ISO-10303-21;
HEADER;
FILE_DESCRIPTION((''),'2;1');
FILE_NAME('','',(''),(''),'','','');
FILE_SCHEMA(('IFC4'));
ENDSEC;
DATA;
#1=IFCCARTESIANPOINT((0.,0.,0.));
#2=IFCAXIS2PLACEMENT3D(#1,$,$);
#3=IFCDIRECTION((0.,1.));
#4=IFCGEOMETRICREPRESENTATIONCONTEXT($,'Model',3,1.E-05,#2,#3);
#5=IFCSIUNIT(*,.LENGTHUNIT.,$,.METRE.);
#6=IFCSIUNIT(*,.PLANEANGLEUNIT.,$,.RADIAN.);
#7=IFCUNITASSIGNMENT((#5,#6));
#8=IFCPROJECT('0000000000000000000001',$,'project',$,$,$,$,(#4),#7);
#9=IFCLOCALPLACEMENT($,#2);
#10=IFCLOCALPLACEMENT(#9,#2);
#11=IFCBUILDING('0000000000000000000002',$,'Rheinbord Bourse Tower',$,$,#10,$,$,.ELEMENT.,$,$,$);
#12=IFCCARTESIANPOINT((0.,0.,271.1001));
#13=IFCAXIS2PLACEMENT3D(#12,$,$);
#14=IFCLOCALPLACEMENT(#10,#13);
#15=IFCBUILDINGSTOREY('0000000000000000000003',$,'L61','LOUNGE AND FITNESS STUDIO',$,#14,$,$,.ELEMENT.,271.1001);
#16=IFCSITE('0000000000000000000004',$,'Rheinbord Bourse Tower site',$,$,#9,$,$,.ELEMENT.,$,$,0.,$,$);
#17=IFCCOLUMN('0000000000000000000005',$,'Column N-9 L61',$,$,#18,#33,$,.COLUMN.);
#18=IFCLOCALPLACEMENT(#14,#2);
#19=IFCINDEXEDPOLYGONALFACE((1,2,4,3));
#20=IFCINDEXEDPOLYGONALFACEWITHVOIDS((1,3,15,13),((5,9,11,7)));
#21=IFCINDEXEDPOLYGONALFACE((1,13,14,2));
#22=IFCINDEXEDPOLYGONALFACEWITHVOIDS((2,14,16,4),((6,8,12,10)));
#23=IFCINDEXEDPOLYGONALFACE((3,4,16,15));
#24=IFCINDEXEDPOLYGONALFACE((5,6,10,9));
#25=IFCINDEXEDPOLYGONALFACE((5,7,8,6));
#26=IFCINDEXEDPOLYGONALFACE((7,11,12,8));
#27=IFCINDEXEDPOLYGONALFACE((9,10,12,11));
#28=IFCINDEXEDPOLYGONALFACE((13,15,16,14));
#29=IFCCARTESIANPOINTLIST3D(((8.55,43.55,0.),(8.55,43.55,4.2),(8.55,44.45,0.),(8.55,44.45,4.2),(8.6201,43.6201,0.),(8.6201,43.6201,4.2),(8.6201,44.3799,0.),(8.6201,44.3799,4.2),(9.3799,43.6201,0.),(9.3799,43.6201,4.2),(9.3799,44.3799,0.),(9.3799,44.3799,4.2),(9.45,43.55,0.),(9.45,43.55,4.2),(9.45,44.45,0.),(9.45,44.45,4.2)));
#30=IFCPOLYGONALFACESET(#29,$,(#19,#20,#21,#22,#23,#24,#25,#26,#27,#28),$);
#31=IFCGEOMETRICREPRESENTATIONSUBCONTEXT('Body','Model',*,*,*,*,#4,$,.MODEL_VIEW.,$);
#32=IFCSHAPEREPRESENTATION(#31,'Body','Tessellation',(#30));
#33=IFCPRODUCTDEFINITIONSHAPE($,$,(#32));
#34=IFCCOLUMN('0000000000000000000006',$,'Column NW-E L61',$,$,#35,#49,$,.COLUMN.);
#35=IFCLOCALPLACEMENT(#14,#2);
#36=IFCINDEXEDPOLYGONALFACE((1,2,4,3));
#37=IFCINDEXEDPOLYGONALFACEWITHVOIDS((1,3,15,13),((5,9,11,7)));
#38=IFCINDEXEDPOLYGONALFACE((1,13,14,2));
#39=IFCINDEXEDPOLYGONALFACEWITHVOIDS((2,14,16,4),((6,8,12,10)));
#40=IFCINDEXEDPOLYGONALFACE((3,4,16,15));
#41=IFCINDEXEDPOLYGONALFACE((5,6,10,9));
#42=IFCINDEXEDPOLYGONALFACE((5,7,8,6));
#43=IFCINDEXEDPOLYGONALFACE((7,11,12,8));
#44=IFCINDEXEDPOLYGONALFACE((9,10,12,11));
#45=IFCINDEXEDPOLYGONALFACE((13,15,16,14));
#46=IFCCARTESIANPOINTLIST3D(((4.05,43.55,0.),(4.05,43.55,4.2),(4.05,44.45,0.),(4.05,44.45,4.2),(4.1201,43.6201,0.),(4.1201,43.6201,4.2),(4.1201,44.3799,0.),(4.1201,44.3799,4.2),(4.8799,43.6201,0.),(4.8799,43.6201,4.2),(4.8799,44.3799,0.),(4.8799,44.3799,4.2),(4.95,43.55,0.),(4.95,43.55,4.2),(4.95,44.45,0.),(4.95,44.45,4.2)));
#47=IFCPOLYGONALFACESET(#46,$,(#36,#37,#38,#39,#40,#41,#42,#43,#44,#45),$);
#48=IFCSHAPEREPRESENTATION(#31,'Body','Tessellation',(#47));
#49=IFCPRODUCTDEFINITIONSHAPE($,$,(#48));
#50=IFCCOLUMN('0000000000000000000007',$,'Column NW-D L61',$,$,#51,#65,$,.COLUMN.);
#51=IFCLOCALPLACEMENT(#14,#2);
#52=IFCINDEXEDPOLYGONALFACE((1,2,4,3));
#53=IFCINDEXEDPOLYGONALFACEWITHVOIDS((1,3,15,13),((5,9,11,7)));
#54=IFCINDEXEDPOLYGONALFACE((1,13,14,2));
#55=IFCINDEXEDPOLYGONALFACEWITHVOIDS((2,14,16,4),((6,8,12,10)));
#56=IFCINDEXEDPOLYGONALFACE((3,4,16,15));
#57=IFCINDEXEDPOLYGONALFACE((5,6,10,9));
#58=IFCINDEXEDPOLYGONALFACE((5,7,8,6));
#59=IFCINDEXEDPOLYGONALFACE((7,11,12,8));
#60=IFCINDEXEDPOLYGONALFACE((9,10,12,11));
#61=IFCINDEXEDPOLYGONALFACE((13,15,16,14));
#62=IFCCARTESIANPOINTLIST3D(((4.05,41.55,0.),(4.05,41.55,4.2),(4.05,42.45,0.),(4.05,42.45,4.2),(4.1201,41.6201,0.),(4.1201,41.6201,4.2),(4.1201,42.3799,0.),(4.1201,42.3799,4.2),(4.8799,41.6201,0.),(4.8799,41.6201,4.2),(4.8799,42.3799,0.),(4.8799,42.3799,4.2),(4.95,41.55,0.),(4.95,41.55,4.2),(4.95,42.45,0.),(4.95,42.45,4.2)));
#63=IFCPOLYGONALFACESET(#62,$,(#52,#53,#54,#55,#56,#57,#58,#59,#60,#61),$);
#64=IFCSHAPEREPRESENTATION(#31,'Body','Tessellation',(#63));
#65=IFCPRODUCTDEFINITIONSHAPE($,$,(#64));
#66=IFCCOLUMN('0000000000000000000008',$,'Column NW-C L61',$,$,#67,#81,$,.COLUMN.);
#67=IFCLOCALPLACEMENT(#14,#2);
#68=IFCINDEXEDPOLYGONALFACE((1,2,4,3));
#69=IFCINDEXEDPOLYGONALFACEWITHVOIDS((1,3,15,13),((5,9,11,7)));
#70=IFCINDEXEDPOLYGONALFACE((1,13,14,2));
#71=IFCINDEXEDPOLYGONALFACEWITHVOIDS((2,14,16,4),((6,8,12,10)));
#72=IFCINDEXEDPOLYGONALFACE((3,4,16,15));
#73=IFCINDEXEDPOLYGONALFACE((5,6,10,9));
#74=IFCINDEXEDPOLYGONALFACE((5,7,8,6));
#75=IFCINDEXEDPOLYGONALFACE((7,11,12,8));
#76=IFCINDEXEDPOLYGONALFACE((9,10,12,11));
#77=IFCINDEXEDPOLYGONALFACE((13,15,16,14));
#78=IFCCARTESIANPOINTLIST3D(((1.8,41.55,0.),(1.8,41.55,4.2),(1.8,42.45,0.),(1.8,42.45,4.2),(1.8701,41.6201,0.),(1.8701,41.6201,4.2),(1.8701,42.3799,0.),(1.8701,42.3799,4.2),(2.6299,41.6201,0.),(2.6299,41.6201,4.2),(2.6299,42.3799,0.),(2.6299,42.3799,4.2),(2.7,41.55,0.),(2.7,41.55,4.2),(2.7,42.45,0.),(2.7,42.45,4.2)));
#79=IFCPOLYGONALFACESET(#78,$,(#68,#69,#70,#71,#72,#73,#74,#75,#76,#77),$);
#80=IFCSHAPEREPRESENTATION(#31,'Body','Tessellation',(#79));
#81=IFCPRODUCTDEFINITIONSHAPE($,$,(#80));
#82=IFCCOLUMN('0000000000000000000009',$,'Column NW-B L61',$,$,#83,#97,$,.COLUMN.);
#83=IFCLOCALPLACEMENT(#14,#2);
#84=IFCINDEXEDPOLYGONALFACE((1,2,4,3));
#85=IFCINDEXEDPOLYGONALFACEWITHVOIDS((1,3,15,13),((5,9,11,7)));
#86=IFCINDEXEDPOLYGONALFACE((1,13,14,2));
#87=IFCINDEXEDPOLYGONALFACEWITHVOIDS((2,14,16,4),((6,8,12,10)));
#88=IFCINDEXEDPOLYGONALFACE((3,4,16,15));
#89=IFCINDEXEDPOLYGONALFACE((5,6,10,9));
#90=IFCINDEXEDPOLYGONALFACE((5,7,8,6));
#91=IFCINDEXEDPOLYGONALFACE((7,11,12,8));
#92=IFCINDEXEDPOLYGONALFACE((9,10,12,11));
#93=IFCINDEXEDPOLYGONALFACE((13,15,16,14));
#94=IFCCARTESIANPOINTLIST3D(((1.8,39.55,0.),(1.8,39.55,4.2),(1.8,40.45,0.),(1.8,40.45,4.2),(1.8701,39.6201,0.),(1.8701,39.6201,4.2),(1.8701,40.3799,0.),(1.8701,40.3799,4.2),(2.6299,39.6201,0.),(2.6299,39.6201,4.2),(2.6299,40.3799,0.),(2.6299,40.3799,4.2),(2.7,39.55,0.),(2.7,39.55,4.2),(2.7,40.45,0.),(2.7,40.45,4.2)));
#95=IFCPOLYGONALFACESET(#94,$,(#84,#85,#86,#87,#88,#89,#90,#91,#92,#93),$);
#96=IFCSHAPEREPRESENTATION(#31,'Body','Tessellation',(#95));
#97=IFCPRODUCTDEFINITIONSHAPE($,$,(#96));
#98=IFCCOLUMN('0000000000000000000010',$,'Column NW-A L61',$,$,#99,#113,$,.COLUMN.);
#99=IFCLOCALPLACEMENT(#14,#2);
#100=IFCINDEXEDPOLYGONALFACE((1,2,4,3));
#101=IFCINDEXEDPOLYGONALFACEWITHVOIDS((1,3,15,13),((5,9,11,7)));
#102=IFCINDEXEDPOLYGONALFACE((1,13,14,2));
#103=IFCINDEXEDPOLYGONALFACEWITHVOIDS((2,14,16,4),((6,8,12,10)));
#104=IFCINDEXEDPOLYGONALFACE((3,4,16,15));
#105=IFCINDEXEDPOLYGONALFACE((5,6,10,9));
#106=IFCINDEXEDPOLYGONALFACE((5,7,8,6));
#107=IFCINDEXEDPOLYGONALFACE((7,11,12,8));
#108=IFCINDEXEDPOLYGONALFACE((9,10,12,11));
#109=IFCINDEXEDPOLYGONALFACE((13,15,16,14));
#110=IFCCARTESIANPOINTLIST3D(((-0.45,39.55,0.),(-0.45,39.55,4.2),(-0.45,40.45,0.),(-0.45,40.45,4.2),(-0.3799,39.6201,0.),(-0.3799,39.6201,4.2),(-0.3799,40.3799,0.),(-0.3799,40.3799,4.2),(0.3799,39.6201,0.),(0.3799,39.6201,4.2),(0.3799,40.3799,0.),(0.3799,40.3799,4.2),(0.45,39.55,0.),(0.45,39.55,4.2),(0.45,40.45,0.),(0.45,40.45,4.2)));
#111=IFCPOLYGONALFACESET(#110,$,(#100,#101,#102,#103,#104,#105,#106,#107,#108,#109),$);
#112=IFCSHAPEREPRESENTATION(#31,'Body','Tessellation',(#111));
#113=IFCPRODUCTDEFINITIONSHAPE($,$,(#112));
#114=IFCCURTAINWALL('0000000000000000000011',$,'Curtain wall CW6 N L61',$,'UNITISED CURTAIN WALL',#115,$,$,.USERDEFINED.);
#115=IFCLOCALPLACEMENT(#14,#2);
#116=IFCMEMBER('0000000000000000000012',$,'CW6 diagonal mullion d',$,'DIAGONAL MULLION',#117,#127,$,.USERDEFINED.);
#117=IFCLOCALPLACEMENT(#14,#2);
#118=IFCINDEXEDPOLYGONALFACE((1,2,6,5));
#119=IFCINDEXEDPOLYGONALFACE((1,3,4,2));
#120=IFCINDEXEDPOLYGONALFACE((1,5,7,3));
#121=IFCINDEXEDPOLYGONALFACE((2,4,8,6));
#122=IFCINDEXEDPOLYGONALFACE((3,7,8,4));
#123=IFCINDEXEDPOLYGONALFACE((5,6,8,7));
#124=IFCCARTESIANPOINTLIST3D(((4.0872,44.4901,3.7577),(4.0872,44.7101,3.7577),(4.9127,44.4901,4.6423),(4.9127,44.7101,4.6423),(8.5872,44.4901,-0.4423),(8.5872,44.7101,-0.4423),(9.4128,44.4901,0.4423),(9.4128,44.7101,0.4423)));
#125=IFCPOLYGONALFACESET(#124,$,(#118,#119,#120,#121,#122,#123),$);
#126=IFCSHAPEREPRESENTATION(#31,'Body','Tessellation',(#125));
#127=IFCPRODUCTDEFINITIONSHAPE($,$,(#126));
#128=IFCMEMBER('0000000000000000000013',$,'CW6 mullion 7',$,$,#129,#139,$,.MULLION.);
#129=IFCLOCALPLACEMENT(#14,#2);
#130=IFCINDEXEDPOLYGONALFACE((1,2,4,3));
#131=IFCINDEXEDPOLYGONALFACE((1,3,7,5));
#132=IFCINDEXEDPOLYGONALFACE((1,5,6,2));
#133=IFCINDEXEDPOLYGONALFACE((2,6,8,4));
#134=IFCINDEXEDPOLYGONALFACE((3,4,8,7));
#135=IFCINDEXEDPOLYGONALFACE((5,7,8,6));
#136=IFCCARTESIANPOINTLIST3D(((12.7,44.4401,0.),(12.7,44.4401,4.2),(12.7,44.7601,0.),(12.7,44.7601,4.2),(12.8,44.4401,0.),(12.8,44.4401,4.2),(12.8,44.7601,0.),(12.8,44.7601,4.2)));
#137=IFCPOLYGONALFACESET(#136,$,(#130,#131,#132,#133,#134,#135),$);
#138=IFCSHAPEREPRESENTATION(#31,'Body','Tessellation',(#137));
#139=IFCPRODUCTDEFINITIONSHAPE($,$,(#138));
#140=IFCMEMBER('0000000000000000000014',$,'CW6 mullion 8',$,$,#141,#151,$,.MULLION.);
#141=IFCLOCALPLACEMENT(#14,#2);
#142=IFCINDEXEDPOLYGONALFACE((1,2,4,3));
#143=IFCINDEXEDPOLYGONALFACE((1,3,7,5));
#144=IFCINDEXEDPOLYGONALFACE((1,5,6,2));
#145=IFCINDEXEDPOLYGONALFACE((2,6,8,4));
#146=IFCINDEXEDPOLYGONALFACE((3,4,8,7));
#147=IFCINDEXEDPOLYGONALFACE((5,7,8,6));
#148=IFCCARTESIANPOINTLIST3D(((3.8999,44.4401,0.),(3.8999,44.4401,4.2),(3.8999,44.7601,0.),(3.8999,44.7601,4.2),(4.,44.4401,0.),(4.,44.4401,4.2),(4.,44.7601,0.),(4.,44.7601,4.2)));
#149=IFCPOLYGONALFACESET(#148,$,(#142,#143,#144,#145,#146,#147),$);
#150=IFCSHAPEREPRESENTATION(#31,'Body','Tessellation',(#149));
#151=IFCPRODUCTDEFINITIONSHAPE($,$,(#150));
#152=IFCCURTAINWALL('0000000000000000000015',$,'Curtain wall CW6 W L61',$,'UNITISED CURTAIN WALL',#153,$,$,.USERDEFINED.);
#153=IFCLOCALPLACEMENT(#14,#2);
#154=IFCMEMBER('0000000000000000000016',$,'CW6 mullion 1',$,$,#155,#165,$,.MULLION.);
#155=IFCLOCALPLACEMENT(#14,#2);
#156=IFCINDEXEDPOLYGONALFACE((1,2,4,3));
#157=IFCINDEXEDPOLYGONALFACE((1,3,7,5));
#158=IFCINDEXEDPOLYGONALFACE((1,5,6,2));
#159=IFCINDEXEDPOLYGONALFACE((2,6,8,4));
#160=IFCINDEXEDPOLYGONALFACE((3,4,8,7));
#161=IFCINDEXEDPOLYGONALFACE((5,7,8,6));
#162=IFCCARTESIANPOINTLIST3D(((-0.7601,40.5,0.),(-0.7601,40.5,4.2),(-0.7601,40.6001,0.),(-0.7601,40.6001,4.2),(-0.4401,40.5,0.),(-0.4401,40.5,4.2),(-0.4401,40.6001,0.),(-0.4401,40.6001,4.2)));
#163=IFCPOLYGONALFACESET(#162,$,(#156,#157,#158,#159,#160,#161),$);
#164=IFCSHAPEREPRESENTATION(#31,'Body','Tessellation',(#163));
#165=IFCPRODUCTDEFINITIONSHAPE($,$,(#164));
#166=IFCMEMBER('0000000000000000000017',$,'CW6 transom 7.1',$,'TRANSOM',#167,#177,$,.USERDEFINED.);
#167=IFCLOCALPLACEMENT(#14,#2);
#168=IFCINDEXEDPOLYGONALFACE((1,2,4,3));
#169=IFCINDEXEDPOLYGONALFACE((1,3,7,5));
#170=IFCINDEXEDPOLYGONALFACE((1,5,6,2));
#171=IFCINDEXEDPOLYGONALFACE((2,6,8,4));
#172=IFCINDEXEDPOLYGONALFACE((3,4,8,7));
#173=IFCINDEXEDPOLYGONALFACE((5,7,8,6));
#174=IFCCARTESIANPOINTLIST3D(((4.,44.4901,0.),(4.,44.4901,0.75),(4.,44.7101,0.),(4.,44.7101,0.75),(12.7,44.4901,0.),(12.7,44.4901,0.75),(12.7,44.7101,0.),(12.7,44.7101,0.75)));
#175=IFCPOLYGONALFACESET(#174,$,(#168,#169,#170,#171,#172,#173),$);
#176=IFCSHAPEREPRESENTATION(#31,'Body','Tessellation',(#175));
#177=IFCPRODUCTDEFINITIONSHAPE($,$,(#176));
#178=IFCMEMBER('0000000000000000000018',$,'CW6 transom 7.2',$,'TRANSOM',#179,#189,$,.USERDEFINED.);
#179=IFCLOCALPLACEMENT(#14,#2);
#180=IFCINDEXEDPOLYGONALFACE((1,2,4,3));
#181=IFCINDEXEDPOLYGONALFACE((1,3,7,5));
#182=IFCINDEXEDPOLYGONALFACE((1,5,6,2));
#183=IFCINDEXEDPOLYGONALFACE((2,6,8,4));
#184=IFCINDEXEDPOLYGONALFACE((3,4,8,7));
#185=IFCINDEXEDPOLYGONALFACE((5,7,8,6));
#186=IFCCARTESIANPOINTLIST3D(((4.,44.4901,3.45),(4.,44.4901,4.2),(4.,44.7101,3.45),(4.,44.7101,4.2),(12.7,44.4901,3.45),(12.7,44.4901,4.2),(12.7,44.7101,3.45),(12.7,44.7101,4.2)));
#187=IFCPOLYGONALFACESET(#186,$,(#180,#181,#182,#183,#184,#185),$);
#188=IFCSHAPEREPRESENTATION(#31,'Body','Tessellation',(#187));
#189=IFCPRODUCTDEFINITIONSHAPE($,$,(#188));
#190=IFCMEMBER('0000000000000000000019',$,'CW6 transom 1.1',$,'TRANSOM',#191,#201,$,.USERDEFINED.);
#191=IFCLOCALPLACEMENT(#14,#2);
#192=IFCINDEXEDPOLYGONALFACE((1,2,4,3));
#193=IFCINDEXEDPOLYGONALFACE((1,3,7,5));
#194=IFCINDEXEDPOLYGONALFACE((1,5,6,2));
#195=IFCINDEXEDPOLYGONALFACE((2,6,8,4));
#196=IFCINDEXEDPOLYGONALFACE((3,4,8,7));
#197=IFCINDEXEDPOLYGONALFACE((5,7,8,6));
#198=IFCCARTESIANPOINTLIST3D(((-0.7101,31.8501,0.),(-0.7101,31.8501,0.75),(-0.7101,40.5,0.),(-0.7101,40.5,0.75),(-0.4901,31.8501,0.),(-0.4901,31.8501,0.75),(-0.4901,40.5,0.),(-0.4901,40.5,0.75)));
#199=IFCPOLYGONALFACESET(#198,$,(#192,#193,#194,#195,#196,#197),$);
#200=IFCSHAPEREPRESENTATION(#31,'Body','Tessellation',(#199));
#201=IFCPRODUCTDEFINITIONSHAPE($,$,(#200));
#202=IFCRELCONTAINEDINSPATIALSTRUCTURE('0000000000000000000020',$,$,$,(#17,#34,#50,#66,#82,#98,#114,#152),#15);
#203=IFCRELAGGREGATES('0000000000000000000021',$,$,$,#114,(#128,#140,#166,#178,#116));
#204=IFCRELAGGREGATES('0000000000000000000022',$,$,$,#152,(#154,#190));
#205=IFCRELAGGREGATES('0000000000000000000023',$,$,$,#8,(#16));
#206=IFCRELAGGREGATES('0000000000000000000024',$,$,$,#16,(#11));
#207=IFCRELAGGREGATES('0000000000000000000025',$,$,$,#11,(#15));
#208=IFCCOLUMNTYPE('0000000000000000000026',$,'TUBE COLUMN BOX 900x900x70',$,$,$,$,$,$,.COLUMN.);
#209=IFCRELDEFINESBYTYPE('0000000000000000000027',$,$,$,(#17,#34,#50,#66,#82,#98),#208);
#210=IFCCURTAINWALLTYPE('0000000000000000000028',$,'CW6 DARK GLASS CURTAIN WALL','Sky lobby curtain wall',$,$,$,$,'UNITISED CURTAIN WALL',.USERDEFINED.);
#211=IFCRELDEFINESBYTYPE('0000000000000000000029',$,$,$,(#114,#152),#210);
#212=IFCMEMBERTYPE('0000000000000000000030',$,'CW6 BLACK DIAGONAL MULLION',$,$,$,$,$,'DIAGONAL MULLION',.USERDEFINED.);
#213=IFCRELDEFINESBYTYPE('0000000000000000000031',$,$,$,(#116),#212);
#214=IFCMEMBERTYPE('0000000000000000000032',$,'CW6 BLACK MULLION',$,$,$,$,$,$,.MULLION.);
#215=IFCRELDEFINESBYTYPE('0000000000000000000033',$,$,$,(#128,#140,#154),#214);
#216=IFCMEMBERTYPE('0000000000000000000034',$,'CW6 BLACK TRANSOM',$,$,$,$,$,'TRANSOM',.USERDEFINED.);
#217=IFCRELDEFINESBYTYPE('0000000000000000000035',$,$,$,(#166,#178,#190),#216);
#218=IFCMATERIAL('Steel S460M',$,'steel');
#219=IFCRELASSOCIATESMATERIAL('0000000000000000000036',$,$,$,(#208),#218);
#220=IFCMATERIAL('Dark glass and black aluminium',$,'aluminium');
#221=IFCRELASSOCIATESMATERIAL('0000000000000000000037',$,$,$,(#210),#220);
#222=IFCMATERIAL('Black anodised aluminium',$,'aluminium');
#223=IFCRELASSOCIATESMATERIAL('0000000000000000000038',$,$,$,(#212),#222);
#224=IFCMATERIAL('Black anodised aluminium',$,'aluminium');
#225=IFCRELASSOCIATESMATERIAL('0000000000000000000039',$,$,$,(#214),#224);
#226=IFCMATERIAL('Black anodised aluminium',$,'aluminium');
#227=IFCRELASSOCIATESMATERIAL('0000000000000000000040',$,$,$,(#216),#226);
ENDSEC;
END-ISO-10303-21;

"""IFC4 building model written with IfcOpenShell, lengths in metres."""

from ifc_helpers import new_model, si_unit, direction, frame, origin, origin_2d, place, context, subcontext, project, spatial, rectangle, hollow_rectangle, extrude, material, material_profile, profile_set, type_object, element, aggregate, save


model = new_model("IFC4")

# Units and contexts
model_context = context("Model", 3, precision=1e-05, world=origin(), true_north=direction((0.0, 1.0)))
body_context = subcontext(model_context, "Body", "Model", "MODEL_VIEW")
ifc_project = project(units=[si_unit("LENGTHUNIT", "METRE"), si_unit("PLANEANGLEUNIT", "RADIAN")], contexts=[model_context])

# Site, building, storey
site_placement = place(None, origin())
site = spatial("IfcSite", under=ifc_project, at=site_placement, Name="Rheinbord Bourse Tower site", CompositionType="ELEMENT", RefElevation=0.0)
building_placement = place(site_placement, origin())
building = spatial("IfcBuilding", under=site, at=building_placement, Name="Rheinbord Bourse Tower", CompositionType="ELEMENT")
storey_placement = place(building_placement, frame((0.0, 0.0, 271.1001)))
storey = spatial("IfcBuildingStorey", under=building, at=storey_placement, Name="L61", Description="LOUNGE AND FITNESS STUDIO", CompositionType="ELEMENT", Elevation=271.1001)

# Columns
ifc_material_1 = material(Name="Steel S460M", Category="steel")
ifc_material_profile_1 = material_profile(ifc_material_1, hollow_rectangle(XDim=0.8999, YDim=0.8999, WallThickness=0.0701, at=origin_2d()), Name="BOX 900x900x70")
ifc_profile_set_1 = profile_set([ifc_material_profile_1], Name="Steel S460M")
column_type = type_object("IfcColumnType", Name="TUBE COLUMN BOX 900x900x70", PredefinedType="COLUMN", material=ifc_profile_set_1)
for number, where, z_axis, x_axis, name in (
    (1, (9.0, 44.0, 0.0), (0.0, 0.0, 1.0), (0.0, 1.0, 0.0), "Column N-9 L61"),
    (2, (4.5, 44.0, 0.0), (0.0, 0.0, 1.0), (0.0, 1.0, 0.0), "Column NW-E L61"),
    (3, (4.5, 42.0, 0.0), (0.0, 0.0, 1.0), (0.0, 1.0, 0.0), "Column NW-D L61"),
    (4, (2.25, 42.0, 0.0), (0.0, 0.0, 1.0), (1.0, 0.0, 0.0), "Column NW-C L61"),
    (5, (2.25, 40.0, 0.0), (0.0, 0.0, 1.0), (1.0, 0.0, 0.0), "Column NW-B L61"),
    (6, (0.0, 40.0, 0.0), (0.0, 0.0, 1.0), (1.0, 0.0, 0.0), "Column NW-A L61"),
):
    element("IfcColumn", number, at=place(storey_placement, frame(where, z_axis=z_axis, x_axis=x_axis)), inside=storey, type_object=column_type, Name=name, PredefinedType="COLUMN", context=body_context, shape_type="SweptSolid", body=[
        extrude(hollow_rectangle(XDim=0.8999, YDim=0.8999, WallThickness=0.0701, at=origin_2d()), origin(), (0.0, 0.0, 1.0), 4.2),
    ])

# Curtain wall, members
ifc_material_2 = material(Name="Dark glass and black aluminium", Category="aluminium")
curtain_wall_type = type_object("IfcCurtainWallType", Name="CW6 DARK GLASS CURTAIN WALL", Description="Sky lobby curtain wall", ElementType="UNITISED CURTAIN WALL", PredefinedType="USERDEFINED", material=ifc_material_2)
curtain_wall_1_placement = place(storey_placement, origin())
curtain_wall_1 = element("IfcCurtainWall", 7, at=curtain_wall_1_placement, inside=storey, type_object=curtain_wall_type, Name="Curtain wall CW6 N L61", ObjectType="UNITISED CURTAIN WALL", PredefinedType="USERDEFINED")
ifc_material_3 = material(Name="Black anodised aluminium", Category="aluminium")
ifc_material_profile_2 = material_profile(ifc_material_3, rectangle(XDim=0.22, YDim=1.21, at=origin_2d()), Name="CW6 DIAGONAL MULLION 1210x220")
ifc_profile_set_2 = profile_set([ifc_material_profile_2], Name="Black anodised aluminium")
member_type_1 = type_object("IfcMemberType", Name="CW6 BLACK DIAGONAL MULLION", ElementType="DIAGONAL MULLION", PredefinedType="USERDEFINED", material=ifc_profile_set_2)
member_1_placement = place(storey_placement, frame((9.0, 44.6001, 0.0), z_axis=(-0.731059, 0.0, 0.682314), x_axis=(0.0, -1.0, 0.0)))
member_1 = element("IfcMember", 8, at=member_1_placement, type_object=member_type_1, Name="CW6 diagonal mullion d", ObjectType="DIAGONAL MULLION", PredefinedType="USERDEFINED", context=body_context, shape_type="SweptSolid", body=[
    extrude(rectangle(XDim=0.22, YDim=1.21, at=origin_2d()), origin(), (0.0, 0.0, 1.0), 6.1555),
])
ifc_material_4 = material(Name="Black anodised aluminium", Category="aluminium")
ifc_material_profile_3 = material_profile(ifc_material_4, rectangle(XDim=0.3201, YDim=0.1001, at=origin_2d()), Name="CW6 MULLION 100x320")
ifc_profile_set_3 = profile_set([ifc_material_profile_3], Name="Black anodised aluminium")
member_type_2 = type_object("IfcMemberType", Name="CW6 BLACK MULLION", PredefinedType="MULLION", material=ifc_profile_set_3)
member_2_placement = place(storey_placement, frame((12.75, 44.6001, 0.0), z_axis=(0.0, 0.0, 1.0), x_axis=(0.0, -1.0, 0.0)))
member_2 = element("IfcMember", 9, at=member_2_placement, type_object=member_type_2, Name="CW6 mullion 7", PredefinedType="MULLION", context=body_context, shape_type="SweptSolid", body=[
    extrude(rectangle(XDim=0.3201, YDim=0.1001, at=origin_2d()), origin(), (0.0, 0.0, 1.0), 4.2),
])
member_3_placement = place(storey_placement, frame((3.95, 44.6001, 0.0), z_axis=(0.0, 0.0, 1.0), x_axis=(0.0, -1.0, 0.0)))
member_3 = element("IfcMember", 10, at=member_3_placement, type_object=member_type_2, Name="CW6 mullion 8", PredefinedType="MULLION", context=body_context, shape_type="SweptSolid", body=[
    extrude(rectangle(XDim=0.3201, YDim=0.1001, at=origin_2d()), origin(), (0.0, 0.0, 1.0), 4.2),
])

# Curtain wall, member
curtain_wall_2_placement = place(storey_placement, origin())
curtain_wall_2 = element("IfcCurtainWall", 11, at=curtain_wall_2_placement, inside=storey, type_object=curtain_wall_type, Name="Curtain wall CW6 W L61", ObjectType="UNITISED CURTAIN WALL", PredefinedType="USERDEFINED")
member_4_placement = place(storey_placement, frame((-0.6001, 40.55, 0.0), z_axis=(0.0, 0.0, 1.0), x_axis=(1.0, 0.0, 0.0)))
member_4 = element("IfcMember", 12, at=member_4_placement, type_object=member_type_2, Name="CW6 mullion 1", PredefinedType="MULLION", context=body_context, shape_type="SweptSolid", body=[
    extrude(rectangle(XDim=0.3201, YDim=0.1001, at=origin_2d()), origin(), (0.0, 0.0, 1.0), 4.2),
])

# Members
ifc_material_5 = material(Name="Black anodised aluminium", Category="aluminium")
ifc_material_profile_4 = material_profile(ifc_material_5, rectangle(XDim=0.22, YDim=0.75, at=origin_2d()), Name="CW6 TRANSOM 750x220")
ifc_profile_set_4 = profile_set([ifc_material_profile_4], Name="Black anodised aluminium")
member_type_3 = type_object("IfcMemberType", Name="CW6 BLACK TRANSOM", ElementType="TRANSOM", PredefinedType="USERDEFINED", material=ifc_profile_set_4)
member_5_placement = place(storey_placement, frame((12.7, 44.6001, 0.375), z_axis=(-1.0, 0.0, 0.0), x_axis=(0.0, -1.0, 0.0)))
member_5 = element("IfcMember", 13, at=member_5_placement, type_object=member_type_3, Name="CW6 transom 7.1", ObjectType="TRANSOM", PredefinedType="USERDEFINED", context=body_context, shape_type="SweptSolid", body=[
    extrude(rectangle(XDim=0.22, YDim=0.75, at=origin_2d()), origin(), (0.0, 0.0, 1.0), 8.7),
])
member_6_placement = place(storey_placement, frame((12.7, 44.6001, 3.825), z_axis=(-1.0, 0.0, 0.0), x_axis=(0.0, -1.0, 0.0)))
member_6 = element("IfcMember", 14, at=member_6_placement, type_object=member_type_3, Name="CW6 transom 7.2", ObjectType="TRANSOM", PredefinedType="USERDEFINED", context=body_context, shape_type="SweptSolid", body=[
    extrude(rectangle(XDim=0.22, YDim=0.75, at=origin_2d()), origin(), (0.0, 0.0, 1.0), 8.7),
])
member_7_placement = place(storey_placement, frame((-0.6001, 40.5, 0.375), z_axis=(0.0, -1.0, 0.0), x_axis=(1.0, 0.0, 0.0)))
member_7 = element("IfcMember", 15, at=member_7_placement, type_object=member_type_3, Name="CW6 transom 1.1", ObjectType="TRANSOM", PredefinedType="USERDEFINED", context=body_context, shape_type="SweptSolid", body=[
    extrude(rectangle(XDim=0.22, YDim=0.75, at=origin_2d()), origin(), (0.0, 0.0, 1.0), 8.6499),
])

aggregate(curtain_wall_1, [member_2, member_3, member_5, member_6, member_1])
aggregate(curtain_wall_2, [member_4, member_7])

save(model, "model.ifc")
